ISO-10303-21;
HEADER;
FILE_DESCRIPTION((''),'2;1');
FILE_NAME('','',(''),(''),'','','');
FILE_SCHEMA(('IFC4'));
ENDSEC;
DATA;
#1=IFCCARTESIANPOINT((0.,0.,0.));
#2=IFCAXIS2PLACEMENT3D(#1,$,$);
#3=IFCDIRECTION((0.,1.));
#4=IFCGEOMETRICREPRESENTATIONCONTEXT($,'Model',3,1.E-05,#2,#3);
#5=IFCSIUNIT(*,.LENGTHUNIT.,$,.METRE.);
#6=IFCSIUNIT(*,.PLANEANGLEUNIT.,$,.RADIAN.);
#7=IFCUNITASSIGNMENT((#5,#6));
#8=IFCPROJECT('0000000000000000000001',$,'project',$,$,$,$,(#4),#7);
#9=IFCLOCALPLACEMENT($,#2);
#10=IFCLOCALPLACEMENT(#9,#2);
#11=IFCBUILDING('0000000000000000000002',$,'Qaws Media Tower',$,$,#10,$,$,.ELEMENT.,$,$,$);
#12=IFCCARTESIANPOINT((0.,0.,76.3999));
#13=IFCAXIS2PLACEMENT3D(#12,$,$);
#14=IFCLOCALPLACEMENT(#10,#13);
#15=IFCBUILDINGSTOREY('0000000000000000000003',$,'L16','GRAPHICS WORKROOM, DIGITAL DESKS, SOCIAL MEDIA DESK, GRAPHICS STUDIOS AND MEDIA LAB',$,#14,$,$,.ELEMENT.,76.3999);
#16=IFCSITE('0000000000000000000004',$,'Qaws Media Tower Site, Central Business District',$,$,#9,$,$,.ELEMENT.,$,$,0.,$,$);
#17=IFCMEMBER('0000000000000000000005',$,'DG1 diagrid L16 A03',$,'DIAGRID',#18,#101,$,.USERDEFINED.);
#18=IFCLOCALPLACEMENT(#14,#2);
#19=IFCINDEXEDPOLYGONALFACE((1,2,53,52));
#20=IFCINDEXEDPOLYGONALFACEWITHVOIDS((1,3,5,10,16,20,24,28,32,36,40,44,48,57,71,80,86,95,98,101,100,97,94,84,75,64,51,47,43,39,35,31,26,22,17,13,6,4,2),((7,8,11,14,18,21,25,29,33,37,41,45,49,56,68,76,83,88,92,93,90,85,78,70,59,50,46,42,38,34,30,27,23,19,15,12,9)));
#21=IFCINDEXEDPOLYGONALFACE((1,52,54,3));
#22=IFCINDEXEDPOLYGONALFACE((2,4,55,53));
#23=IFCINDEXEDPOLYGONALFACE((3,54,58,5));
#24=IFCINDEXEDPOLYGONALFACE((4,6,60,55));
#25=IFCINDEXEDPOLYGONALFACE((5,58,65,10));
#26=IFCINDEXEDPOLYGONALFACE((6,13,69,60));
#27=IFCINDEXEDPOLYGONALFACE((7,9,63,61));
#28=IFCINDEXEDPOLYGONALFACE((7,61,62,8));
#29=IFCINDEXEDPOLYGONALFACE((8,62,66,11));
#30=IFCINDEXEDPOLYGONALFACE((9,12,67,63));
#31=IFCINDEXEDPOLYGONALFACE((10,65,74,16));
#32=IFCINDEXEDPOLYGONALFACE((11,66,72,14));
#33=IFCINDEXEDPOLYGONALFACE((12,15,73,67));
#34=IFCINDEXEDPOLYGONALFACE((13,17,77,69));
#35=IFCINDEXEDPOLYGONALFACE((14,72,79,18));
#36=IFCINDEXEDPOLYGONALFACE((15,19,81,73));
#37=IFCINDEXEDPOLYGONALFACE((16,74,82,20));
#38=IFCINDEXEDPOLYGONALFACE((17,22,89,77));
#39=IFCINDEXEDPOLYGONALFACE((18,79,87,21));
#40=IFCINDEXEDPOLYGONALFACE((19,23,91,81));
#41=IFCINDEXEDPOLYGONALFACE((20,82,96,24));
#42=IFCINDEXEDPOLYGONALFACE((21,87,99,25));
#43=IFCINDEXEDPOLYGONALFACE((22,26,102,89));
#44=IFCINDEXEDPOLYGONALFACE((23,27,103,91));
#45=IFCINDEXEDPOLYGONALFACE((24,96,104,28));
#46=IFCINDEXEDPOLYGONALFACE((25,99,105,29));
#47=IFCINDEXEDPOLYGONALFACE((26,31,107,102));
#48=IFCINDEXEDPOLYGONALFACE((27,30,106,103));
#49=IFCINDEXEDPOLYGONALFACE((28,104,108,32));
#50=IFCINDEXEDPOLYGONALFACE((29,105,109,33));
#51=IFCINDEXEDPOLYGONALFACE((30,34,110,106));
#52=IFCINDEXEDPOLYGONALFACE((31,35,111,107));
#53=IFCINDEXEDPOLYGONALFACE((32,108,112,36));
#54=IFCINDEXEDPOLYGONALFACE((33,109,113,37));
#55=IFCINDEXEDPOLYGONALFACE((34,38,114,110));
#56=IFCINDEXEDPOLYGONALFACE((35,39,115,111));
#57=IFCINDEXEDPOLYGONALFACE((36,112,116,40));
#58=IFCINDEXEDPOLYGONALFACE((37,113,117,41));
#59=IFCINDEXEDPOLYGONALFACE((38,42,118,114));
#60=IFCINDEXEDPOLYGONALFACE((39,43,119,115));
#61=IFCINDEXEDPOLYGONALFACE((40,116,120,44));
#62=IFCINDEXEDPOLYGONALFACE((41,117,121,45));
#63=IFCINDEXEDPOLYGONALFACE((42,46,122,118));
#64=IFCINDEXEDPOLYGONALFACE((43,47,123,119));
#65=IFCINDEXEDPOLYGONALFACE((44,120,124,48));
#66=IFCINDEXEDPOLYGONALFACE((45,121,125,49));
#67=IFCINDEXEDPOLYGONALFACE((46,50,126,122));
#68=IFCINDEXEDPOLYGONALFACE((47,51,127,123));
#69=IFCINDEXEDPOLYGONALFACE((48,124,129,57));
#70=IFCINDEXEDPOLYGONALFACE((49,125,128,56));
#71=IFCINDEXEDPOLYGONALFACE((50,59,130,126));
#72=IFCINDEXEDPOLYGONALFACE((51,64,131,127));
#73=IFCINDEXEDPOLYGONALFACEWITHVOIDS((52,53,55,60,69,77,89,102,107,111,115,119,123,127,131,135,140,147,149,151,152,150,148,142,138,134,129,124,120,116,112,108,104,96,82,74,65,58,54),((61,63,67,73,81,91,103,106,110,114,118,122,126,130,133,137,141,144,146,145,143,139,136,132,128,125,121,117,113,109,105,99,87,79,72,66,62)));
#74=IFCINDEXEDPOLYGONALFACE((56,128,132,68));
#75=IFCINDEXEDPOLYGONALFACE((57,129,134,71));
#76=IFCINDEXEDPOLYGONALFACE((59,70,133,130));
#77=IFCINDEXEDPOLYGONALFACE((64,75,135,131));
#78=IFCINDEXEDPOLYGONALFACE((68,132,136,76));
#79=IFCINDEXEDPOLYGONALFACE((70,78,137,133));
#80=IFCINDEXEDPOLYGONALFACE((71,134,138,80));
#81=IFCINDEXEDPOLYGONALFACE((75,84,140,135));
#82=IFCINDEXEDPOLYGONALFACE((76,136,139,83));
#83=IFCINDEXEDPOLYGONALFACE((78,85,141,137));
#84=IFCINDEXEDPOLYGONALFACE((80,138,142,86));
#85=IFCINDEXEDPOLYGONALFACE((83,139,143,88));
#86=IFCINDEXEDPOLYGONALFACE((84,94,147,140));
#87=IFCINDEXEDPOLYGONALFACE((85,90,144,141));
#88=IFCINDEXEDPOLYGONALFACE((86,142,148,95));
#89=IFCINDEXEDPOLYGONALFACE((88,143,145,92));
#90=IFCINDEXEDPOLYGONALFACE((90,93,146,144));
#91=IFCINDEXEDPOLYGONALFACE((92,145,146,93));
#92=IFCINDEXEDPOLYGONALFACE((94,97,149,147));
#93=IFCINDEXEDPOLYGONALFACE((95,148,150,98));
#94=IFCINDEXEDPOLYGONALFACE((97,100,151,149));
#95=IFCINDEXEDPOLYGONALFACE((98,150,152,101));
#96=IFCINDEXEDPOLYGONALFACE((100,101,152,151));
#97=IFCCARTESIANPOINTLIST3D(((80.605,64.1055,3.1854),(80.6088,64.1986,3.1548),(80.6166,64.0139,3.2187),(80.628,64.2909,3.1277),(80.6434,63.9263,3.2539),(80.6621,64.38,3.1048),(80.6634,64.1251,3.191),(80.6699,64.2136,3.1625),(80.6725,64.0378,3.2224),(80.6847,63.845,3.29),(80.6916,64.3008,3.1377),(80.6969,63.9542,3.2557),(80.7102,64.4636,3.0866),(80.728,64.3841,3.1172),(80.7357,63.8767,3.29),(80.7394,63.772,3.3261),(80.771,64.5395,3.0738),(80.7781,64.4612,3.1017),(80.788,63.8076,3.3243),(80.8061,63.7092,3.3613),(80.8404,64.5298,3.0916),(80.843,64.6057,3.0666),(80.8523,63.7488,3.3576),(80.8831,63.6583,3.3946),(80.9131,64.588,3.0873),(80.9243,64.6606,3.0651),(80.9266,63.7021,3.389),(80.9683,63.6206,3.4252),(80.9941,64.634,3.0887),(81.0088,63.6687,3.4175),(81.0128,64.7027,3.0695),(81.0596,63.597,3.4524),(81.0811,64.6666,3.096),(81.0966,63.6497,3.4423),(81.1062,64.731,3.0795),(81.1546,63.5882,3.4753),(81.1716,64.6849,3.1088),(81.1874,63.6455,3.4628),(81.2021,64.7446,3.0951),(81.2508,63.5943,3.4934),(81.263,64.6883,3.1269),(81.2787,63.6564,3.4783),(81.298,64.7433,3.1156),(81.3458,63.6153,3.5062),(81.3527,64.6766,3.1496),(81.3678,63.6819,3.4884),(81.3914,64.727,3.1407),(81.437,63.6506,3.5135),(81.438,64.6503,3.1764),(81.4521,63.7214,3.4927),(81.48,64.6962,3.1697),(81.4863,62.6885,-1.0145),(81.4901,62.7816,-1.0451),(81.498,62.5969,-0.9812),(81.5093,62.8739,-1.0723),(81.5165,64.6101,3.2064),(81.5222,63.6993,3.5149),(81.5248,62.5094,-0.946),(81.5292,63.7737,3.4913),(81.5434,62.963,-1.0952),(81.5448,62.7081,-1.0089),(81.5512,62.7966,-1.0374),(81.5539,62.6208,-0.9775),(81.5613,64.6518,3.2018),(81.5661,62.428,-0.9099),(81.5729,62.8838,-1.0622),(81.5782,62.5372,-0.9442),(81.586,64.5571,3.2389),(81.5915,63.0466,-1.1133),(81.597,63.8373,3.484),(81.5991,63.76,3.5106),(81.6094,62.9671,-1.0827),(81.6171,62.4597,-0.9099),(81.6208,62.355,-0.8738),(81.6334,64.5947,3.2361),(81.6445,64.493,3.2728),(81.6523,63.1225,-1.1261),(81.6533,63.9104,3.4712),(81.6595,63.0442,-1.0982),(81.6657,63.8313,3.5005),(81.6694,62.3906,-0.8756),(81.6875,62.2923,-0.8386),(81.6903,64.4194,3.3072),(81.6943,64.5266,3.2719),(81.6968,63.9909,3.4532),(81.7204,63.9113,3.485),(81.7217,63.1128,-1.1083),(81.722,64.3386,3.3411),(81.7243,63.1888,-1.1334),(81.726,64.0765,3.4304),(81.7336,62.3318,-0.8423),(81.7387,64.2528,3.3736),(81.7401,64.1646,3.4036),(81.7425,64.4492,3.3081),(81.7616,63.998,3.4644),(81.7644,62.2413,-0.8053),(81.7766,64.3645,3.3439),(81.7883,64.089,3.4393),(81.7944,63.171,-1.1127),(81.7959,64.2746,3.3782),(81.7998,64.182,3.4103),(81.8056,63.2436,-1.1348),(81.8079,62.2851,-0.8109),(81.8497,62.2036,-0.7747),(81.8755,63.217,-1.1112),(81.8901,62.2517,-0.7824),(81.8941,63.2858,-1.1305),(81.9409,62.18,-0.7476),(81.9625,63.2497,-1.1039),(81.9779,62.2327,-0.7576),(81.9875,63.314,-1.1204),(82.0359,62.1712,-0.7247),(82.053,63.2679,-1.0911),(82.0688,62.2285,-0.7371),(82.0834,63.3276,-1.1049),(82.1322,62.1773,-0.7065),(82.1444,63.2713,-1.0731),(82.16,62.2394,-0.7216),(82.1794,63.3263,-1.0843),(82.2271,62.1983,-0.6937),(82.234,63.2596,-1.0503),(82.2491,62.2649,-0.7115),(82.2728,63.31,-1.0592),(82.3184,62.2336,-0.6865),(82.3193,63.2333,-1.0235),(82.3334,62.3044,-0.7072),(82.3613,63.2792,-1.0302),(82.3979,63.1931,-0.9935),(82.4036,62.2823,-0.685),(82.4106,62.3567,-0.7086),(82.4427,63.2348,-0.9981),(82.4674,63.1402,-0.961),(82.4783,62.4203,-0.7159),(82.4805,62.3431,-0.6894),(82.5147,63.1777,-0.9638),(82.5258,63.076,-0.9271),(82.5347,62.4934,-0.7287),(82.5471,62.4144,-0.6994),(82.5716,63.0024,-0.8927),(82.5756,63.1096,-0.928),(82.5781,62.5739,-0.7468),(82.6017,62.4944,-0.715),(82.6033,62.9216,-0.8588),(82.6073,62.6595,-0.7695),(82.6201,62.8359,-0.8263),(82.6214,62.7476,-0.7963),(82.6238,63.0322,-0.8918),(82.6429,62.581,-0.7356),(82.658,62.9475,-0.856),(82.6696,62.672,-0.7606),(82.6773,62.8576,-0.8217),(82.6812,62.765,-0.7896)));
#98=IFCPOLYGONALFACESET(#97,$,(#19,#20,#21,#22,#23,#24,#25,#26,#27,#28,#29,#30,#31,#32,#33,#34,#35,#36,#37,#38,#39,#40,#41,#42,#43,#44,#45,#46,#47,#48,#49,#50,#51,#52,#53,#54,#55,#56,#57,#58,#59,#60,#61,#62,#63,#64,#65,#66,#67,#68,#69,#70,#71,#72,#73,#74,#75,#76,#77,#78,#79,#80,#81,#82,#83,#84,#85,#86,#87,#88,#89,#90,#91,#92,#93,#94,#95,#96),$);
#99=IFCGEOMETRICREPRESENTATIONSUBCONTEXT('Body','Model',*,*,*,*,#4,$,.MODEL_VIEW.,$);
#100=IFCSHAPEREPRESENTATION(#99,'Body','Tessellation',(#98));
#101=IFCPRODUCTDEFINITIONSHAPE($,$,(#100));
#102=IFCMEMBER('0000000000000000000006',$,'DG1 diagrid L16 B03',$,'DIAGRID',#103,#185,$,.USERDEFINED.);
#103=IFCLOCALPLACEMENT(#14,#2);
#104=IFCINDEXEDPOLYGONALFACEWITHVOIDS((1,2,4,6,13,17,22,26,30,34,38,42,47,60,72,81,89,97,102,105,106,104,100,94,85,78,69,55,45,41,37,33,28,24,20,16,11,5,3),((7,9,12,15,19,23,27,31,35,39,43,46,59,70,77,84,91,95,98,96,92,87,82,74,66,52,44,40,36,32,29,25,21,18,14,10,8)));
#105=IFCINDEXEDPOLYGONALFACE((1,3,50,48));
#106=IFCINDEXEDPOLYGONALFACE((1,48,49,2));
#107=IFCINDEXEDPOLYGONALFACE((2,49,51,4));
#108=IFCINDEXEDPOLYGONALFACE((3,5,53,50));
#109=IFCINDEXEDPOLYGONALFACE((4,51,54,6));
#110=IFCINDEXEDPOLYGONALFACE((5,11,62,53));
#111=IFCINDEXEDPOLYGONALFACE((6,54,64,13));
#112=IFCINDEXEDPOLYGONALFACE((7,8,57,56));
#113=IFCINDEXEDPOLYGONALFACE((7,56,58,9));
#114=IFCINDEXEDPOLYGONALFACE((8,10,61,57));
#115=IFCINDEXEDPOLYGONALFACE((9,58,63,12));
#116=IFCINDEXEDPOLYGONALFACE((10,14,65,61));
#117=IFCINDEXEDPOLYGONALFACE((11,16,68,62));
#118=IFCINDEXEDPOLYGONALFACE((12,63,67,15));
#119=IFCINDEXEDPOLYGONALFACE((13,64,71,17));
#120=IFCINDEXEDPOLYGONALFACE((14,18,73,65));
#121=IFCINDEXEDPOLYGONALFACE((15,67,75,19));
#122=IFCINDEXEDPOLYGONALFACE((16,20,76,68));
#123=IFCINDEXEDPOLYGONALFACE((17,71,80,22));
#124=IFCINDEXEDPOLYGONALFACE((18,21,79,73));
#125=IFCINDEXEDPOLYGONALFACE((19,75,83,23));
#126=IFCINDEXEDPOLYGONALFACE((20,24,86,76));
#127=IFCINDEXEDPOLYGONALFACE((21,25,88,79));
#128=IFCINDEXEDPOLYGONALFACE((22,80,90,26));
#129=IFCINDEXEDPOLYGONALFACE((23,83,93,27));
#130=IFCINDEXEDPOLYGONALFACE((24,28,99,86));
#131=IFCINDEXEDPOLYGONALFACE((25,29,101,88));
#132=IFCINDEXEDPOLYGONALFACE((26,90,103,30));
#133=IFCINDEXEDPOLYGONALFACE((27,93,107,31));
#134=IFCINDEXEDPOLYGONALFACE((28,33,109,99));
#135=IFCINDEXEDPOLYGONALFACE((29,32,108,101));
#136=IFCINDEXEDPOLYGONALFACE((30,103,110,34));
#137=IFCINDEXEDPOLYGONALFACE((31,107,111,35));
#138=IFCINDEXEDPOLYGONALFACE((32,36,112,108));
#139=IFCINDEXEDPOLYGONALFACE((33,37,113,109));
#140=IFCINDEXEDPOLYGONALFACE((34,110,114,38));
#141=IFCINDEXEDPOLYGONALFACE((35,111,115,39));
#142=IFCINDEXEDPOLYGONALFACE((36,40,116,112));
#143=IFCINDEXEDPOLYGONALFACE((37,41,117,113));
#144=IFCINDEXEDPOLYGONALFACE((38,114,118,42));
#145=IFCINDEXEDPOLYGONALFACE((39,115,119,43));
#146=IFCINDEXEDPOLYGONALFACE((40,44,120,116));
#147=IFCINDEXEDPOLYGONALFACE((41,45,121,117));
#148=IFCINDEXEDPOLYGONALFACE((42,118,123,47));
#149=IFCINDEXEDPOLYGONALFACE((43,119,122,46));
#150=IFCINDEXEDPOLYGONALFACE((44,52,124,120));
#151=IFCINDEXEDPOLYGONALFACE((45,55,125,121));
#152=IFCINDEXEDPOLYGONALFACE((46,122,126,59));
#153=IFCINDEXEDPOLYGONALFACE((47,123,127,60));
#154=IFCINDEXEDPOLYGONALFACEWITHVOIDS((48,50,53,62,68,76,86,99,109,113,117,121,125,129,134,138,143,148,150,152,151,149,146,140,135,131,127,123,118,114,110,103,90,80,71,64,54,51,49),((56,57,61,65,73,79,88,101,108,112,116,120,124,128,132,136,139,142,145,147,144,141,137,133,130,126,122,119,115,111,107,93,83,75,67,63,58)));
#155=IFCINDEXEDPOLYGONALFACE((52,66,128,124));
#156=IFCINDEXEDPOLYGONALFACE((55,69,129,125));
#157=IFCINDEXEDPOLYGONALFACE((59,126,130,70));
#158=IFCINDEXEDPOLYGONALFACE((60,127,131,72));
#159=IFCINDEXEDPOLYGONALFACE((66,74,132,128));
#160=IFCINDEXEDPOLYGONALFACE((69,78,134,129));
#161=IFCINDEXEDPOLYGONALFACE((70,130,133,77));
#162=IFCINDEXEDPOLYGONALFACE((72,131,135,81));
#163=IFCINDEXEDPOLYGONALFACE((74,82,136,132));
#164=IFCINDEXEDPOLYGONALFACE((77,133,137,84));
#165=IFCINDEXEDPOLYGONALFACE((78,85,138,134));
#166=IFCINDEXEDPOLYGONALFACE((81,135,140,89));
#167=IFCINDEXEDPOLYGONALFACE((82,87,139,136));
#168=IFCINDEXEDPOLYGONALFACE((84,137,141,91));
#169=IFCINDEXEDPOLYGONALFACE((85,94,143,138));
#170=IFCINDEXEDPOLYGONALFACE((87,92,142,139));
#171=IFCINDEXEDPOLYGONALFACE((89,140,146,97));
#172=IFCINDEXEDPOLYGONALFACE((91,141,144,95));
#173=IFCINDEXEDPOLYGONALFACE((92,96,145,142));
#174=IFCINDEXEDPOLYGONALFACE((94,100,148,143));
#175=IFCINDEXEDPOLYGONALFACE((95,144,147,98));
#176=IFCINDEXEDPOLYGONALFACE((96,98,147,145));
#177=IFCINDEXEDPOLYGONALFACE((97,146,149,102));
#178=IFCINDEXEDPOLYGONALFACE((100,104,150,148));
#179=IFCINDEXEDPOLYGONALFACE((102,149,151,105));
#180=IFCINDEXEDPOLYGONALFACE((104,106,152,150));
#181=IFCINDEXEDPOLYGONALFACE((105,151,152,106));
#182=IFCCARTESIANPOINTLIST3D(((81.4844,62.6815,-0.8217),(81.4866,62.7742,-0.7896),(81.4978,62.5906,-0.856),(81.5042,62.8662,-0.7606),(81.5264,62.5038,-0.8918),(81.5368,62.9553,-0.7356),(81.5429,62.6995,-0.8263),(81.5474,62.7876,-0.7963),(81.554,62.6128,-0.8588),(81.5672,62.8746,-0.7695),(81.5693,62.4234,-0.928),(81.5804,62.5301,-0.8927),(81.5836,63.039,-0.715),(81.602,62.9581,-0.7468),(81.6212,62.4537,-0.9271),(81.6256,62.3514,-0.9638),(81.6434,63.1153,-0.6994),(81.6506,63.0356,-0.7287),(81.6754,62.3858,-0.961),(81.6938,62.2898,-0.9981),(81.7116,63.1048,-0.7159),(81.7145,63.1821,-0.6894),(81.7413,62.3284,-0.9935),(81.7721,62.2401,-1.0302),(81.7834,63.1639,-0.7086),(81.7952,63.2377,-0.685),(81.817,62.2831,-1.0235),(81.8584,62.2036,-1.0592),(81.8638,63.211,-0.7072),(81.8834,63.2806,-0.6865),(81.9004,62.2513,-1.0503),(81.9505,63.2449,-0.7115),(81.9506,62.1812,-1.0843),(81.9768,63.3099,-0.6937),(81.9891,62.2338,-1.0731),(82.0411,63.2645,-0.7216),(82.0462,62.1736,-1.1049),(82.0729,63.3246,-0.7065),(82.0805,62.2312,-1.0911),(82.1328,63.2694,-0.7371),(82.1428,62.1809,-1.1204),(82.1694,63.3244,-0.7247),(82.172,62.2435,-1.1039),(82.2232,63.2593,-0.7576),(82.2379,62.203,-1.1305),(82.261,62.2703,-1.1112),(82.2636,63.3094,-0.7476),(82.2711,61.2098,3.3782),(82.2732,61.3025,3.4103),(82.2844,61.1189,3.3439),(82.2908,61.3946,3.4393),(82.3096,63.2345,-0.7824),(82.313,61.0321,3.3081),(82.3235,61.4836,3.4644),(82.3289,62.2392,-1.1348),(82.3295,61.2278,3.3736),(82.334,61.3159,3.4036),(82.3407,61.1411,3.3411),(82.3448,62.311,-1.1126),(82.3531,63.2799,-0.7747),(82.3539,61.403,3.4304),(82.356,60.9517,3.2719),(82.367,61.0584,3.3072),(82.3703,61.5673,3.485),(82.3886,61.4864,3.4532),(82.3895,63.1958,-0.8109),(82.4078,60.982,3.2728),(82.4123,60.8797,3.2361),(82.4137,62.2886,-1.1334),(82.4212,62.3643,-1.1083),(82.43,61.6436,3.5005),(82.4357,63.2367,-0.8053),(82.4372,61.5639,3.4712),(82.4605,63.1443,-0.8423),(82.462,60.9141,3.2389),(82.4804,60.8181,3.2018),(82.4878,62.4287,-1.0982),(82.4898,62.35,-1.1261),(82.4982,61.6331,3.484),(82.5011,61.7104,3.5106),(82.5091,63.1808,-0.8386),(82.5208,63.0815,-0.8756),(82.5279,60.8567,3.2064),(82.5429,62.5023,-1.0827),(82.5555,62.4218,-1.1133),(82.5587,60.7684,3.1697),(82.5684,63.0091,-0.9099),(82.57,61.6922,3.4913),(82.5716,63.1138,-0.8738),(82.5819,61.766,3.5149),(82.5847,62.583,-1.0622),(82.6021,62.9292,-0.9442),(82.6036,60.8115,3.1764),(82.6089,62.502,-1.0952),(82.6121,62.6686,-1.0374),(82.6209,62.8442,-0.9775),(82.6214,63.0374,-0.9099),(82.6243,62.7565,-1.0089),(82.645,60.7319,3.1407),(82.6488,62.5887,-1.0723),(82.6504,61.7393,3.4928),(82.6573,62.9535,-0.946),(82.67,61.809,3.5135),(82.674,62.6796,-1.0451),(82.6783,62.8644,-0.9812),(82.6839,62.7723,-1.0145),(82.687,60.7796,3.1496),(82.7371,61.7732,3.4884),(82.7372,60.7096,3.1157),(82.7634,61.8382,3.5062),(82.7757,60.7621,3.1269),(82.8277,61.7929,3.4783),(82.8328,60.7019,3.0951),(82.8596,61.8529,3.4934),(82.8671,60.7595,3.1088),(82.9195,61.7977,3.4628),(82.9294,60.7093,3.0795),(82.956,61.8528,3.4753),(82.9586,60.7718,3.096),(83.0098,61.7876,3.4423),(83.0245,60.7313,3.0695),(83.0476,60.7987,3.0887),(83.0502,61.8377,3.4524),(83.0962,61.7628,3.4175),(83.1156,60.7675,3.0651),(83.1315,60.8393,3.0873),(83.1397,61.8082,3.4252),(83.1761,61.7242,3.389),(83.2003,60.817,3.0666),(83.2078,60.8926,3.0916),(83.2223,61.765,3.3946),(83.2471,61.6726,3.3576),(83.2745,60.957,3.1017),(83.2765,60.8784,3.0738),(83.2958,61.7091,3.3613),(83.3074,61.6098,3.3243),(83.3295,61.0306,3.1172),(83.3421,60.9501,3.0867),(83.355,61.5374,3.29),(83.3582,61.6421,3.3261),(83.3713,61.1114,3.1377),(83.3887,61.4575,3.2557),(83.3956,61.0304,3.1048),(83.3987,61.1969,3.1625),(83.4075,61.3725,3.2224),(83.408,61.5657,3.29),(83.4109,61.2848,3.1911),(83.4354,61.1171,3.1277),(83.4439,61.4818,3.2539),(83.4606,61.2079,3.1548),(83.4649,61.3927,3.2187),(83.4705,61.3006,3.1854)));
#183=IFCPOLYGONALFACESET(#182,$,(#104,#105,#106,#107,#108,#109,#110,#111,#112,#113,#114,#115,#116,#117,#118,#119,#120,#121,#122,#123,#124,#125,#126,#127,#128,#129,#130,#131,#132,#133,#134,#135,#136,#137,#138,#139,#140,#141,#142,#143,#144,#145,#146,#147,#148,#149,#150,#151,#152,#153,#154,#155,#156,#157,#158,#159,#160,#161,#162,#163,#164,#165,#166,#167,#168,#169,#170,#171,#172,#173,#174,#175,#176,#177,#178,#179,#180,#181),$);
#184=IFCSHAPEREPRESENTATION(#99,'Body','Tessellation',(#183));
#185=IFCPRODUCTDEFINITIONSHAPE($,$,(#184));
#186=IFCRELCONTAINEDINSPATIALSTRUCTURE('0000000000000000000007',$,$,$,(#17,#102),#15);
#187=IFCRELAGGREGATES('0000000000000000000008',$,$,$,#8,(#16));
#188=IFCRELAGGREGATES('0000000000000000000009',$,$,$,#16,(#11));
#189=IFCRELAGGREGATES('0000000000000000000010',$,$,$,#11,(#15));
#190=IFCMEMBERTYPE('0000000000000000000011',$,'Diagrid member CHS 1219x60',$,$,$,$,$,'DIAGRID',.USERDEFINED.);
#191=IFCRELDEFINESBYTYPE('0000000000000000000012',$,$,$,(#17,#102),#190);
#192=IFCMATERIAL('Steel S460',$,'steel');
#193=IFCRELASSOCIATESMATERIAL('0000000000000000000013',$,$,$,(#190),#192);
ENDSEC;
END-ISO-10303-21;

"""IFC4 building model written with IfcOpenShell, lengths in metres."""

from ifc_helpers import new_model, si_unit, direction, frame, origin, origin_2d, place, context, subcontext, project, spatial, hollow_circle, extrude, material, material_profile, profile_set, type_object, element, save


model = new_model("IFC4")

# Units and contexts
model_context = context("Model", 3, precision=1e-05, world=origin(), true_north=direction((0.0, 1.0)))
body_context = subcontext(model_context, "Body", "Model", "MODEL_VIEW")
ifc_project = project(units=[si_unit("LENGTHUNIT", "METRE"), si_unit("PLANEANGLEUNIT", "RADIAN")], contexts=[model_context])

# Site, building, storey
site_placement = place(None, origin())
site = spatial("IfcSite", under=ifc_project, at=site_placement, Name="Qaws Media Tower Site, Central Business District", CompositionType="ELEMENT", RefElevation=0.0)
building_placement = place(site_placement, origin())
building = spatial("IfcBuilding", under=site, at=building_placement, Name="Qaws Media Tower", CompositionType="ELEMENT")
storey_placement = place(building_placement, frame((0.0, 0.0, 76.3999)))
storey = spatial("IfcBuildingStorey", under=building, at=storey_placement, Name="L16", Description="GRAPHICS WORKROOM, DIGITAL DESKS, SOCIAL MEDIA DESK, GRAPHICS STUDIOS AND MEDIA LAB", CompositionType="ELEMENT", Elevation=76.3999)

# Members
ifc_material_1 = material(Name="Steel S460", Category="steel")
ifc_material_profile_1 = material_profile(ifc_material_1, hollow_circle(Radius=0.6096, WallThickness=0.0601, at=origin_2d()), Name="CHS 1219x60")
ifc_profile_set_1 = profile_set([ifc_material_profile_1], Name="Steel S460")
member_type_1 = type_object("IfcMemberType", Name="Diagrid member CHS 1219x60", ElementType="DIAGRID", PredefinedType="USERDEFINED", material=ifc_profile_set_1)
for number, where, z_axis, x_axis, name in (
    (1, (82.0837, 62.75, -0.9099), (-0.195018, 0.313541, 0.929333), (-0.849147, -0.528157, 0.0), "DG1 diagrid L16 A03"),
    (2, (82.0837, 62.75, -0.9099), (0.174058, -0.325642, 0.929334), (0.881923, 0.471393, 0.0), "DG1 diagrid L16 B03"),
):
    element("IfcMember", number, at=place(storey_placement, frame(where, z_axis=z_axis, x_axis=x_axis)), inside=storey, type_object=member_type_1, Name=name, ObjectType="DIAGRID", PredefinedType="USERDEFINED", context=body_context, shape_type="SweptSolid", body=[
        extrude(hollow_circle(Radius=0.6096, WallThickness=0.0601, at=origin_2d()), origin(), (0.0, 0.0, 1.0), 4.5193),
    ])

save(model, "model.ifc")
